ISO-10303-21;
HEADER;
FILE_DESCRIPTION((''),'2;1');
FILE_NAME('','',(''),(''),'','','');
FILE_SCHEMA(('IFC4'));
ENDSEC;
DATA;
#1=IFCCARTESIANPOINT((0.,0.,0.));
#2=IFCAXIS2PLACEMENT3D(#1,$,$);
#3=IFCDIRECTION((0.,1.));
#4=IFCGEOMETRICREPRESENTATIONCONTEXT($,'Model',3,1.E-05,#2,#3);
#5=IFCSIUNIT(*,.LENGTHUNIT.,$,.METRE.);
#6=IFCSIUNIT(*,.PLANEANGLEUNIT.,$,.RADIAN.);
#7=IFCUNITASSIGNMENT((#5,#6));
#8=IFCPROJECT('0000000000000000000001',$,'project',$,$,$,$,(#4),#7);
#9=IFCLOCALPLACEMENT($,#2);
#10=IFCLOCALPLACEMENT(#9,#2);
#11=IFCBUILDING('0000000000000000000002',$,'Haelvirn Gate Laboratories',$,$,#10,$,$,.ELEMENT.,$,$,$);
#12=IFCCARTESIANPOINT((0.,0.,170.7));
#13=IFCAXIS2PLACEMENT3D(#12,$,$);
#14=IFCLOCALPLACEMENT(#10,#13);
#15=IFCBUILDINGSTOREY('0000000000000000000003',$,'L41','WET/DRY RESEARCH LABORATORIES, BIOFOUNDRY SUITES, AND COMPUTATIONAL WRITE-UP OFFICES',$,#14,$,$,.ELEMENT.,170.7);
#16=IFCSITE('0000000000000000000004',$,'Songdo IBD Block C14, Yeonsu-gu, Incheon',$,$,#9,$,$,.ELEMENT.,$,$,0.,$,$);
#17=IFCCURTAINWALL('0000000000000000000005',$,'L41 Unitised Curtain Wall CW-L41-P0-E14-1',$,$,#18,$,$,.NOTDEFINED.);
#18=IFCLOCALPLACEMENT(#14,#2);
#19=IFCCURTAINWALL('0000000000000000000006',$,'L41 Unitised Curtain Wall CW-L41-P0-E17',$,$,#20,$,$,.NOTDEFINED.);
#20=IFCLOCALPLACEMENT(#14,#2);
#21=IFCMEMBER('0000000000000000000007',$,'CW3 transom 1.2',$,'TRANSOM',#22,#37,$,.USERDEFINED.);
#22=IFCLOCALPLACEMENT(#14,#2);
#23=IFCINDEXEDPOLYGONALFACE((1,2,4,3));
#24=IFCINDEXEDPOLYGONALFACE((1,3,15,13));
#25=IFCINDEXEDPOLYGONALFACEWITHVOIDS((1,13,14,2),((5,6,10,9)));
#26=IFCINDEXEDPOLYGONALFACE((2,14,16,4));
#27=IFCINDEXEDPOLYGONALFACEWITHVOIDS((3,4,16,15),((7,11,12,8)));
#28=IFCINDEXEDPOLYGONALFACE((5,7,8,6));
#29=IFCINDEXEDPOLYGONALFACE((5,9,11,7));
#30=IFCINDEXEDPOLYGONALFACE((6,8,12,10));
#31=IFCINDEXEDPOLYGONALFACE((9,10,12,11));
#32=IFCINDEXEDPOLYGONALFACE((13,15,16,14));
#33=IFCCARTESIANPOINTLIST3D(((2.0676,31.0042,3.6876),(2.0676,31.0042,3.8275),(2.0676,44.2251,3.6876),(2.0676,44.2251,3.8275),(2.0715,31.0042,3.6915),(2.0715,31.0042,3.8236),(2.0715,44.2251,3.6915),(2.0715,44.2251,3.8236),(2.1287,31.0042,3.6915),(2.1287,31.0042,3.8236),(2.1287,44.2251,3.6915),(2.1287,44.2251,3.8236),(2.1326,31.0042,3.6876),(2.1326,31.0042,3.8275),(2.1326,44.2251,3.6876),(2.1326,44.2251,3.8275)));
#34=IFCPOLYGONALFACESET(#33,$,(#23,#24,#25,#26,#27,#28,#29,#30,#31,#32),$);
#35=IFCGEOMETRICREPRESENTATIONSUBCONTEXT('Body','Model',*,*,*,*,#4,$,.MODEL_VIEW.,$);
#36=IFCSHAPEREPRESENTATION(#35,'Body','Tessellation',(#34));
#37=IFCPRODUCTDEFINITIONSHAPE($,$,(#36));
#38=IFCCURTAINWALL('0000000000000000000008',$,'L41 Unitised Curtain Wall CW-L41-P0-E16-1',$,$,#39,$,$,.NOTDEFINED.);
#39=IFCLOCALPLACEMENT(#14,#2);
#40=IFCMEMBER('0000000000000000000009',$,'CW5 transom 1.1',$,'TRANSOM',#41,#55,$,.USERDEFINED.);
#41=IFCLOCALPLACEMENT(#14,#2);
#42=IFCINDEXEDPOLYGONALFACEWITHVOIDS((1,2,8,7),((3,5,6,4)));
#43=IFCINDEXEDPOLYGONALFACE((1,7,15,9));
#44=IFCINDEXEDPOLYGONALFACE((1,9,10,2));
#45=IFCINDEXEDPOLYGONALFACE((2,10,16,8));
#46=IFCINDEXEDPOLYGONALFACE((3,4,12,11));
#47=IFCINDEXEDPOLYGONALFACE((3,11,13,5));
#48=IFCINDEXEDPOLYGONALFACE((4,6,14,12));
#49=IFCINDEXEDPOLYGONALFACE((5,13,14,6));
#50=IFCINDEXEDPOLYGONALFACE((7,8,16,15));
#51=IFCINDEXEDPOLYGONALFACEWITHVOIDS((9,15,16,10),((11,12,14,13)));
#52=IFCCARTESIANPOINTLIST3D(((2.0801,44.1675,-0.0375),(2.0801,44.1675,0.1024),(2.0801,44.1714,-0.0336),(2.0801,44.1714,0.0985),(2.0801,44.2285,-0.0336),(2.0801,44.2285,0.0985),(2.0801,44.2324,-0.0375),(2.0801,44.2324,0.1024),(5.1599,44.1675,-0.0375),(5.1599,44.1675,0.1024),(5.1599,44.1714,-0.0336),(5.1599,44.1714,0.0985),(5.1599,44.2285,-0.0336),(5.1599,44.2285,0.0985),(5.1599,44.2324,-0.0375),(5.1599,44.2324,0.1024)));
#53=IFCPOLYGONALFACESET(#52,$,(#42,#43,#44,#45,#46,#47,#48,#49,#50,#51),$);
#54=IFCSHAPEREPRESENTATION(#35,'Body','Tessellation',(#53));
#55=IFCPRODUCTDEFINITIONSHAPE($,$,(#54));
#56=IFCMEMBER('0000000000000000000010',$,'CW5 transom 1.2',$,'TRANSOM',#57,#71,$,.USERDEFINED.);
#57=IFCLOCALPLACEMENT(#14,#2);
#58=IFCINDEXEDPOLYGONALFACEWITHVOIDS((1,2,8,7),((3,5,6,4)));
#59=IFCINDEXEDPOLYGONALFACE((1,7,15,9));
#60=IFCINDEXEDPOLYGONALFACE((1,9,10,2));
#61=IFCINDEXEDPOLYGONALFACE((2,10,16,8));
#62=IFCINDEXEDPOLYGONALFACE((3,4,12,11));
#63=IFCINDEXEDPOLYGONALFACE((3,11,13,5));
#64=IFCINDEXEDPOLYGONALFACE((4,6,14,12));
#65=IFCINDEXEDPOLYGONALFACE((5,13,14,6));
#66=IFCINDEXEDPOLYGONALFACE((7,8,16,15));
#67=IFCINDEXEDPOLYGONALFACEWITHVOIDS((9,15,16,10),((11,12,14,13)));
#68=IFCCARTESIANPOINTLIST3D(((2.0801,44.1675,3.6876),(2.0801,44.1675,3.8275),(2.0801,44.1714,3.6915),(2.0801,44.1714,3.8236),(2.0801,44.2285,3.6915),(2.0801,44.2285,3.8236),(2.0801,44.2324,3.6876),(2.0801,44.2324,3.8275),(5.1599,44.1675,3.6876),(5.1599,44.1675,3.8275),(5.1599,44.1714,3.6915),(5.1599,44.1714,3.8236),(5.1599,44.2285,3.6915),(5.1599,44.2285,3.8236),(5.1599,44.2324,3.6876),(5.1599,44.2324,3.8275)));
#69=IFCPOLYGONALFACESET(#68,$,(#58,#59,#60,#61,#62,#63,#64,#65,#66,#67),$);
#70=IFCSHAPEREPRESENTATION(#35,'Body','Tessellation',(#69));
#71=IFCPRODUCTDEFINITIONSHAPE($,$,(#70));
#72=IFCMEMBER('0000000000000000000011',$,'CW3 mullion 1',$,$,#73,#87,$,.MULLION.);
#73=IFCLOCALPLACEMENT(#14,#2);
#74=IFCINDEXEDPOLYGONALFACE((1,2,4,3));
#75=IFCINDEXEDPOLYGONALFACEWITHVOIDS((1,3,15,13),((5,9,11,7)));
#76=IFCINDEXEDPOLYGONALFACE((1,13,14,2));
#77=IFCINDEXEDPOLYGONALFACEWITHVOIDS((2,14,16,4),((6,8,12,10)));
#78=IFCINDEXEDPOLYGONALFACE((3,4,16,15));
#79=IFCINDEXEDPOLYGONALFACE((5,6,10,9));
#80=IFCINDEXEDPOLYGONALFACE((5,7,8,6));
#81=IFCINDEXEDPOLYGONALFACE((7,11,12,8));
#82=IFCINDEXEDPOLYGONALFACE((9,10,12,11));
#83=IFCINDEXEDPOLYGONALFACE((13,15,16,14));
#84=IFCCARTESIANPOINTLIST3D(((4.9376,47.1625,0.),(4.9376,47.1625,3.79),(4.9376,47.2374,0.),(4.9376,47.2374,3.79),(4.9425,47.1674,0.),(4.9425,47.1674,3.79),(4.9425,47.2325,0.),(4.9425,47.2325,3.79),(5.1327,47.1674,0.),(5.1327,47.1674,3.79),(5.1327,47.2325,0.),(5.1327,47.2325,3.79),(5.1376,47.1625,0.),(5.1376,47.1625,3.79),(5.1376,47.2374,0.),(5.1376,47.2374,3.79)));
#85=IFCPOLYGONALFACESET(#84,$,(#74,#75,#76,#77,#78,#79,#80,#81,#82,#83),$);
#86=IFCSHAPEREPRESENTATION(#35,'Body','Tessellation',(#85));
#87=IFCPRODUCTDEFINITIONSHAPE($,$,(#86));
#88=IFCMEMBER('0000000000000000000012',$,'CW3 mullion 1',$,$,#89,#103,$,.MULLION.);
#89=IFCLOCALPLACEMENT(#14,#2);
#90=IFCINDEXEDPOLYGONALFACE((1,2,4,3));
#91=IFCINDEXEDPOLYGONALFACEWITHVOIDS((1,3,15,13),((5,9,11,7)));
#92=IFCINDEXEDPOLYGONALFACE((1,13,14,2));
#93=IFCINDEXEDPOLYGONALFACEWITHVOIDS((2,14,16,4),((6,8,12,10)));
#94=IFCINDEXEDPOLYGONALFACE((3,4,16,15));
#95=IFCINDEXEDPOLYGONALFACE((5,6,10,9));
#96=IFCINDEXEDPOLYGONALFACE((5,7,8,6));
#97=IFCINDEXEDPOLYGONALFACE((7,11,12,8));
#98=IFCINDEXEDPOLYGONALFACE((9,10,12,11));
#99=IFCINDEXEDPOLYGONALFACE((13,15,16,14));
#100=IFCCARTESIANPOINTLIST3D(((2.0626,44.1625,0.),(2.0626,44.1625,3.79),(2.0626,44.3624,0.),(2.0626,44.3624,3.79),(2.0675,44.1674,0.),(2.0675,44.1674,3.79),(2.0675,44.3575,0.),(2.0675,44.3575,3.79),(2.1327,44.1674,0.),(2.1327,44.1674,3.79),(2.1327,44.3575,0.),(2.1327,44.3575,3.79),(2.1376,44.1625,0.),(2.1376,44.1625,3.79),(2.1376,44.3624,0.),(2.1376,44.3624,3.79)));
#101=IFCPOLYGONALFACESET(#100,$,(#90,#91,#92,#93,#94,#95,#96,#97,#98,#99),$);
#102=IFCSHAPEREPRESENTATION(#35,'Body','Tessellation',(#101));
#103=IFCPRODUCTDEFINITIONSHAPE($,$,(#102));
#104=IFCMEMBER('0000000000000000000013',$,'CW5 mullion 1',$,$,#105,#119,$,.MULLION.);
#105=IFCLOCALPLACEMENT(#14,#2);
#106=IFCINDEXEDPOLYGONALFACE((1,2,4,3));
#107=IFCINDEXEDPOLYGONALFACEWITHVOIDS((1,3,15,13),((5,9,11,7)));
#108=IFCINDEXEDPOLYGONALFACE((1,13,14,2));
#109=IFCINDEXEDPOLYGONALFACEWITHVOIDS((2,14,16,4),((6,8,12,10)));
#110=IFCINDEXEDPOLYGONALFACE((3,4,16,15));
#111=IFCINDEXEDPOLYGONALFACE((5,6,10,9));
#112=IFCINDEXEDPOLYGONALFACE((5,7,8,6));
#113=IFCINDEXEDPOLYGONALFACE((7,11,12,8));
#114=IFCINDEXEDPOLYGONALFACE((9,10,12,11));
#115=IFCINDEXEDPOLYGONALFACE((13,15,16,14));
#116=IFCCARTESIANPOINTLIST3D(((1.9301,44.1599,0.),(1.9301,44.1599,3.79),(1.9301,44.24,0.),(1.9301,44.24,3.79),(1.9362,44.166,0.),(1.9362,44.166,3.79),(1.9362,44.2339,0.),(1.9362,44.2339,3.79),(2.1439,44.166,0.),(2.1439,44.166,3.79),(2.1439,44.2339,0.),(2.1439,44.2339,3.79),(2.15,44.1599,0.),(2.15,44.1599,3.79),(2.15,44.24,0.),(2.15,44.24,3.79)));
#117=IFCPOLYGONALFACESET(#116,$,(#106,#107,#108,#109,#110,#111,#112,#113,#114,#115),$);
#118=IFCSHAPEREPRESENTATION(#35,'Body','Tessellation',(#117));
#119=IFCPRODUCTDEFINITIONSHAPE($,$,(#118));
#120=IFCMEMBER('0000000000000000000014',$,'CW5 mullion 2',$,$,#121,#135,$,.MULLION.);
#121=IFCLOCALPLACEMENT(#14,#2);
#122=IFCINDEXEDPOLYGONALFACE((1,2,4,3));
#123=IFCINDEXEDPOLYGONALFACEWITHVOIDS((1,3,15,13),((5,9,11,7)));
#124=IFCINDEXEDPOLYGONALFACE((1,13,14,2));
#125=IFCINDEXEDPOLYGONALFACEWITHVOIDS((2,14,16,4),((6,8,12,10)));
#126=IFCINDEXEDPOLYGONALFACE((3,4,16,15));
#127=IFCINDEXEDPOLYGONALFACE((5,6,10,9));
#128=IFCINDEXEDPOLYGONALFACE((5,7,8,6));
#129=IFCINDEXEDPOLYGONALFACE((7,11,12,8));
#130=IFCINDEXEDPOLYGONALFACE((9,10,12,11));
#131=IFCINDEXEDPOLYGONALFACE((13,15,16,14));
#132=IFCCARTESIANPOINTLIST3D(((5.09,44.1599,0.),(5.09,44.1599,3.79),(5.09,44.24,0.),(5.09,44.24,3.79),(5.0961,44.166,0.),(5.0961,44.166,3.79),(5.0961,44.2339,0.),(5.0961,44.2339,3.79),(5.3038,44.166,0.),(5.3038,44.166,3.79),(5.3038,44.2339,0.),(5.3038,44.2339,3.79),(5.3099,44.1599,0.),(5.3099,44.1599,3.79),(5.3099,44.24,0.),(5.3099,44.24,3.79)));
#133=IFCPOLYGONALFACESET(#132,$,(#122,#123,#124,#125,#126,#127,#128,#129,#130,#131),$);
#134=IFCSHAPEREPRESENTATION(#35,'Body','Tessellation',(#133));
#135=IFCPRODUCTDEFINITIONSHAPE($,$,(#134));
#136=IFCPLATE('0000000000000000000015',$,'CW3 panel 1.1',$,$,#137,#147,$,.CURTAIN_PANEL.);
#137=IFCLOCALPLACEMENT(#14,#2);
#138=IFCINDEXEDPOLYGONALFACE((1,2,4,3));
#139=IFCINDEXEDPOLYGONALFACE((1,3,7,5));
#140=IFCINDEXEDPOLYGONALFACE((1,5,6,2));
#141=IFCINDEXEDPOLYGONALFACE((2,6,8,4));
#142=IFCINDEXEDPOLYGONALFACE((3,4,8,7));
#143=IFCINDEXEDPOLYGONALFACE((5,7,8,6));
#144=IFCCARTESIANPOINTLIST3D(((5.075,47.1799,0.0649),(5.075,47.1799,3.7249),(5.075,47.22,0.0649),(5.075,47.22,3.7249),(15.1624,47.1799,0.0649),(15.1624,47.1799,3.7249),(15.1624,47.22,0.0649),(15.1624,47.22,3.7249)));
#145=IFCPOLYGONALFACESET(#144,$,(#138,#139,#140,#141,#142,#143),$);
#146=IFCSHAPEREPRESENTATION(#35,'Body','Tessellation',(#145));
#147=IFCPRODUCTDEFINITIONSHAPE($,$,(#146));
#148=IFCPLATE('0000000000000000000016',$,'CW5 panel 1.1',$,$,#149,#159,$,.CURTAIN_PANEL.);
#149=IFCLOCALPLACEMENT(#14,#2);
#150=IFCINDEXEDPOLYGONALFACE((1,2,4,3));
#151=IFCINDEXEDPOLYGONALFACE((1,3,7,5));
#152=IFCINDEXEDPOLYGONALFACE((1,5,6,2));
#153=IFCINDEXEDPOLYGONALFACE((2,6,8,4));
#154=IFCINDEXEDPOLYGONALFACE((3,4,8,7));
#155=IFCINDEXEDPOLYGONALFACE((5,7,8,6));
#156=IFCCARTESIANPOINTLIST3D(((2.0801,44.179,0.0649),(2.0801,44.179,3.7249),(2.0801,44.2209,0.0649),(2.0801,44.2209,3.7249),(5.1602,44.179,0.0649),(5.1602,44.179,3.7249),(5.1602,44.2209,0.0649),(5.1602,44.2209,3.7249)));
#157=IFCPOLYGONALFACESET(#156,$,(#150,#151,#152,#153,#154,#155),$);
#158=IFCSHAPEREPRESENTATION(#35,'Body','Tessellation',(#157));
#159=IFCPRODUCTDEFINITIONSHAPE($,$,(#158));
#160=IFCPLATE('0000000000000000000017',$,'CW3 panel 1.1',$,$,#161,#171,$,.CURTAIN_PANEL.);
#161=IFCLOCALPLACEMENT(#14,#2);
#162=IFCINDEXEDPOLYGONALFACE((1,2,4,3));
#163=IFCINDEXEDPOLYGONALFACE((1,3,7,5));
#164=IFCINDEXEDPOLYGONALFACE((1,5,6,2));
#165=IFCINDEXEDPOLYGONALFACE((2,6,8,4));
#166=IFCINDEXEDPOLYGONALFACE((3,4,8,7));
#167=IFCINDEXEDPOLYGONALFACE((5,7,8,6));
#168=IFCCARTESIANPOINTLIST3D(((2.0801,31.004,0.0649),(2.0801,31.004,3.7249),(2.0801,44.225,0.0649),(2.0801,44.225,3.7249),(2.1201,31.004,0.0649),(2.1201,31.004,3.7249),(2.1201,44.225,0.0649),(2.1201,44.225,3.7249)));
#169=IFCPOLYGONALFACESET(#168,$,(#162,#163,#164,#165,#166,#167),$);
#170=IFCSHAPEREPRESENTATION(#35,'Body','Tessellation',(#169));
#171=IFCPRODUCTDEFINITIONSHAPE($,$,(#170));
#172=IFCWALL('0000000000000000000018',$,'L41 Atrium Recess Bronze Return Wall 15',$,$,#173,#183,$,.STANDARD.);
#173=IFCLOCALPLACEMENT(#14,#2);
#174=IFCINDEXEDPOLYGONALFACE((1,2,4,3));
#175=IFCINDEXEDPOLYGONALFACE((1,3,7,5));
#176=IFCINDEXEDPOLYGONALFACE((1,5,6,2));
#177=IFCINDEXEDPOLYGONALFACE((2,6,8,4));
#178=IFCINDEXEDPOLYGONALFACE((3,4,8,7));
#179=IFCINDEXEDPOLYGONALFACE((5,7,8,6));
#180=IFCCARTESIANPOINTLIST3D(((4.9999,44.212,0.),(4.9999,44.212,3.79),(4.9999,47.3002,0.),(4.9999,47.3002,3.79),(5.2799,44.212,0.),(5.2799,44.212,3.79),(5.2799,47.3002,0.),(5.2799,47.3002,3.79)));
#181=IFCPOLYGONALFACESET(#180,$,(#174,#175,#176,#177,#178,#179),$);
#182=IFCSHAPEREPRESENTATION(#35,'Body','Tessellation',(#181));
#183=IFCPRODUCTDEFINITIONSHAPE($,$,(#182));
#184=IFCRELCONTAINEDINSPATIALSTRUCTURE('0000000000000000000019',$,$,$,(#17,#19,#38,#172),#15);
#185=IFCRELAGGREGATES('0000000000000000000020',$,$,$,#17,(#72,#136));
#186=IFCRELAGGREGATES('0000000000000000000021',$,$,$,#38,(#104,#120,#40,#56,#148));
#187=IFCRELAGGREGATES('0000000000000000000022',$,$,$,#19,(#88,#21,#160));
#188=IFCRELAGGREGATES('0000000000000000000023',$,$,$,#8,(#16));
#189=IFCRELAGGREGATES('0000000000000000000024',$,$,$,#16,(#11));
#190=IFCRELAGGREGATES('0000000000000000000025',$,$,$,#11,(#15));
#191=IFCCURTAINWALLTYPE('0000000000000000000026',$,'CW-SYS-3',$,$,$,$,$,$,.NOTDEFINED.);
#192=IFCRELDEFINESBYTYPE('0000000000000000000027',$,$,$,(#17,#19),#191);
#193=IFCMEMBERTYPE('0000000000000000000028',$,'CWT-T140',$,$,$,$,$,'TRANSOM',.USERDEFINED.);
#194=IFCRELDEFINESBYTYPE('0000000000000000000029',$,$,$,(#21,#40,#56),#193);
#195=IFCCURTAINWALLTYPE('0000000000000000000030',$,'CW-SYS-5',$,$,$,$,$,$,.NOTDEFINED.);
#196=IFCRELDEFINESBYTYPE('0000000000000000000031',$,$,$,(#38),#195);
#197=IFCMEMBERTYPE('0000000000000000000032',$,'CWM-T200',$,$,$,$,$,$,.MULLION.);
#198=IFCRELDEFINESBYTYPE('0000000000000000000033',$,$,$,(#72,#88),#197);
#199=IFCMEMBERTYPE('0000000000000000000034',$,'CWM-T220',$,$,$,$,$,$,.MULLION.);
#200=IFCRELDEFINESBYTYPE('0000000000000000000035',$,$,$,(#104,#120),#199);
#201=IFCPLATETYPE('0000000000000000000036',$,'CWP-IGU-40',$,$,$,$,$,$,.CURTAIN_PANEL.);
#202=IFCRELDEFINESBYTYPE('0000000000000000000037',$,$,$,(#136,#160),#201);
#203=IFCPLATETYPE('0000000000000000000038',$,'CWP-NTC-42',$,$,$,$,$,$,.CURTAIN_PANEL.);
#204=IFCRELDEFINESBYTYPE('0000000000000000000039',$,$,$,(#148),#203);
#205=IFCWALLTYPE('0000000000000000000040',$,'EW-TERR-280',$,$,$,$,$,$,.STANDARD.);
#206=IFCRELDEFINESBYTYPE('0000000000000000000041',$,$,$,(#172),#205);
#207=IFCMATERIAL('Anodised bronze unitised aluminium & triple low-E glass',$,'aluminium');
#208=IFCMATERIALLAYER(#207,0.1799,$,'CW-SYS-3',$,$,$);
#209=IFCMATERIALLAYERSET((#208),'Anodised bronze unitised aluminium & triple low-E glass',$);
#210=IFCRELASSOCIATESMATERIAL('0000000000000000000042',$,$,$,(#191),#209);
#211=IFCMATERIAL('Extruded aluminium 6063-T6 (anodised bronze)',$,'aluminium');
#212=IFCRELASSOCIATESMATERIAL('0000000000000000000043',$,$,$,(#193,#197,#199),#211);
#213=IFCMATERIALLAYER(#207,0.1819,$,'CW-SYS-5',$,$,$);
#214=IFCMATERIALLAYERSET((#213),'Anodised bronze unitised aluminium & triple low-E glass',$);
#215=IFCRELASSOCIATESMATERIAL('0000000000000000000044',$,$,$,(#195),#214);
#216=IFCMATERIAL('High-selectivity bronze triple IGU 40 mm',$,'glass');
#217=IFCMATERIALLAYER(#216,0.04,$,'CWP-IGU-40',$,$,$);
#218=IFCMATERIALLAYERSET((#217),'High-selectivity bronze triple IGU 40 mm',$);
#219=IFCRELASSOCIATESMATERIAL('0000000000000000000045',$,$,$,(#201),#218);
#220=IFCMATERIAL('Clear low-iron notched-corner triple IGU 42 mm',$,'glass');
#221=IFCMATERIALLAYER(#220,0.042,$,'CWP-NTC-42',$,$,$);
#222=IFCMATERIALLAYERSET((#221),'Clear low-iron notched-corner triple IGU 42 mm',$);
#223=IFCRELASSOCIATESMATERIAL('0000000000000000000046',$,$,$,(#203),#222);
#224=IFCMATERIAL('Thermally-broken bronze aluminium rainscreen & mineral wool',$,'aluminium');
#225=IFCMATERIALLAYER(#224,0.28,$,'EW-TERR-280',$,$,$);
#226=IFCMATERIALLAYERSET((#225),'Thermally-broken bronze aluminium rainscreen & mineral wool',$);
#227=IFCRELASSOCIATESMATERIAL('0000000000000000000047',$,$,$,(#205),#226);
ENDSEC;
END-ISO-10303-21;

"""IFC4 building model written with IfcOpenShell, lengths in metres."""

from ifc_helpers import new_model, si_unit, direction, frame, frame_2d, origin, origin_2d, place, context, subcontext, project, spatial, rectangle, hollow_rectangle, extrude, source, transform, mapped, material, layer, layer_set, material_profile, profile_set, type_object, type_shapes, element, aggregate, save


model = new_model("IFC4")

# Units and contexts
model_context = context("Model", 3, precision=1e-05, world=origin(), true_north=direction((0.0, 1.0)))
body_context = subcontext(model_context, "Body", "Model", "MODEL_VIEW")
ifc_project = project(units=[si_unit("LENGTHUNIT", "METRE"), si_unit("PLANEANGLEUNIT", "RADIAN")], contexts=[model_context])

# Site, building, storey
site_placement = place(None, origin())
site = spatial("IfcSite", under=ifc_project, at=site_placement, Name="Songdo IBD Block C14, Yeonsu-gu, Incheon", CompositionType="ELEMENT", RefElevation=0.0)
building_placement = place(site_placement, origin())
building = spatial("IfcBuilding", under=site, at=building_placement, Name="Haelvirn Gate Laboratories", CompositionType="ELEMENT")
storey_placement = place(building_placement, frame((0.0, 0.0, 170.7)))
storey = spatial("IfcBuildingStorey", under=building, at=storey_placement, Name="L41", Description="WET/DRY RESEARCH LABORATORIES, BIOFOUNDRY SUITES, AND COMPUTATIONAL WRITE-UP OFFICES", CompositionType="ELEMENT", Elevation=170.7)

# Curtain walls, members
ifc_material_1 = material(Name="Anodised bronze unitised aluminium & triple low-E glass", Category="aluminium")
ifc_layer_1 = layer(ifc_material_1, 0.1799, Name="CW-SYS-3")
ifc_layer_set_1 = layer_set([ifc_layer_1], Name="Anodised bronze unitised aluminium & triple low-E glass")
curtain_wall_type_1 = type_object("IfcCurtainWallType", Name="CW-SYS-3", PredefinedType="NOTDEFINED", material=ifc_layer_set_1)
curtain_wall_1_placement = place(storey_placement, origin())
curtain_wall_1 = element("IfcCurtainWall", 1, at=curtain_wall_1_placement, inside=storey, type_object=curtain_wall_type_1, Name="L41 Unitised Curtain Wall CW-L41-P0-E14-1", PredefinedType="NOTDEFINED")
ifc_material_2 = material(Name="Extruded aluminium 6063-T6 (anodised bronze)", Category="aluminium")
ifc_material_profile_1 = material_profile(ifc_material_2, hollow_rectangle(XDim=0.0649, YDim=0.1399, WallThickness=0.0039, at=origin_2d()), Name="CWT-140x65x4")
ifc_profile_set_1 = profile_set([ifc_material_profile_1], Name="Extruded aluminium 6063-T6 (anodised bronze)")
member_type_1 = type_object("IfcMemberType", Name="CWT-T140", ElementType="TRANSOM", PredefinedType="USERDEFINED", material=ifc_profile_set_1)
curtain_wall_2_placement = place(storey_placement, origin())
curtain_wall_2 = element("IfcCurtainWall", 2, at=curtain_wall_2_placement, inside=storey, type_object=curtain_wall_type_1, Name="L41 Unitised Curtain Wall CW-L41-P0-E17", PredefinedType="NOTDEFINED")
shared_shape_1 = source(origin(), body_context, "Body", "SweptSolid", [
    extrude(hollow_rectangle(XDim=0.0649, YDim=0.1399, WallThickness=0.0039, at=origin_2d()), origin(), (0.0, 0.0, 1.0), 13.2209),
])
member_1_placement = place(storey_placement, frame((2.1001, 44.2251, 3.7576), z_axis=(0.0, -1.0, 0.0), x_axis=(1.0, 0.0, 0.0)))
member_1 = element("IfcMember", 3, at=member_1_placement, type_object=member_type_1, Name="CW3 transom 1.2", ObjectType="TRANSOM", PredefinedType="USERDEFINED", context=body_context, shape_type="MappedRepresentation", body=[
    mapped(shared_shape_1, transform((0.0, 0.0, 0.0), scale=1.0)),
])
ifc_layer_2 = layer(ifc_material_1, 0.1819, Name="CW-SYS-5")
ifc_layer_set_2 = layer_set([ifc_layer_2], Name="Anodised bronze unitised aluminium & triple low-E glass")
curtain_wall_type_2 = type_object("IfcCurtainWallType", Name="CW-SYS-5", PredefinedType="NOTDEFINED", material=ifc_layer_set_2)
curtain_wall_3_placement = place(storey_placement, origin())
curtain_wall_3 = element("IfcCurtainWall", 4, at=curtain_wall_3_placement, inside=storey, type_object=curtain_wall_type_2, Name="L41 Unitised Curtain Wall CW-L41-P0-E16-1", PredefinedType="NOTDEFINED")
shared_shape_2 = source(origin(), body_context, "Body", "SweptSolid", [
    extrude(hollow_rectangle(XDim=0.0649, YDim=0.1399, WallThickness=0.0039, at=origin_2d()), origin(), (0.0, 0.0, 1.0), 3.0798),
])
member_2_placement = place(storey_placement, frame((2.0801, 44.2, 0.0325), z_axis=(1.0, 0.0, 0.0), x_axis=(0.0, 1.0, 0.0)))
member_2 = element("IfcMember", 5, at=member_2_placement, type_object=member_type_1, Name="CW5 transom 1.1", ObjectType="TRANSOM", PredefinedType="USERDEFINED", context=body_context, shape_type="MappedRepresentation", body=[
    mapped(shared_shape_2, transform((0.0, 0.0, 0.0), scale=1.0)),
])
member_3_placement = place(storey_placement, frame((2.0801, 44.2, 3.7576), z_axis=(1.0, 0.0, 0.0), x_axis=(0.0, 1.0, 0.0)))
member_3 = element("IfcMember", 6, at=member_3_placement, type_object=member_type_1, Name="CW5 transom 1.2", ObjectType="TRANSOM", PredefinedType="USERDEFINED", context=body_context, shape_type="MappedRepresentation", body=[
    mapped(shared_shape_2, transform((0.0, 0.0, 0.0), scale=1.0)),
])

# Members
ifc_material_profile_2 = material_profile(ifc_material_2, hollow_rectangle(XDim=0.075, YDim=0.2, WallThickness=0.0049, at=origin_2d()), Name="CWM-200x75x5")
ifc_profile_set_2 = profile_set([ifc_material_profile_2], Name="Extruded aluminium 6063-T6 (anodised bronze)")
member_type_2 = type_object("IfcMemberType", Name="CWM-T200", PredefinedType="MULLION", material=ifc_profile_set_2)
shared_shape_3 = source(origin(), body_context, "Body", "SweptSolid", [
    extrude(hollow_rectangle(XDim=0.075, YDim=0.2, WallThickness=0.0049, at=origin_2d()), origin(), (0.0, 0.0, 1.0), 3.79),
])
type_shapes(member_type_2, [shared_shape_3])
member_4_placement = place(storey_placement, frame((5.0376, 47.2, 0.0), z_axis=(0.0, 0.0, 1.0), x_axis=(0.0, 1.0, 0.0)))
member_4 = element("IfcMember", 7, at=member_4_placement, type_object=member_type_2, Name="CW3 mullion 1", PredefinedType="MULLION", context=body_context, shape_type="MappedRepresentation", body=[
    mapped(shared_shape_3, transform((0.0, 0.0, 0.0), scale=1.0)),
])
member_5_placement = place(storey_placement, frame((2.1001, 44.2625, 0.0), z_axis=(0.0, 0.0, 1.0), x_axis=(1.0, 0.0, 0.0)))
member_5 = element("IfcMember", 8, at=member_5_placement, type_object=member_type_2, Name="CW3 mullion 1", PredefinedType="MULLION", context=body_context, shape_type="MappedRepresentation", body=[
    mapped(shared_shape_3, transform((0.0, 0.0, 0.0), scale=1.0)),
])
ifc_material_profile_3 = material_profile(ifc_material_2, hollow_rectangle(XDim=0.0801, YDim=0.22, WallThickness=0.0061, at=origin_2d()), Name="CWM-220x80x6")
ifc_profile_set_3 = profile_set([ifc_material_profile_3], Name="Extruded aluminium 6063-T6 (anodised bronze)")
member_type_3 = type_object("IfcMemberType", Name="CWM-T220", PredefinedType="MULLION", material=ifc_profile_set_3)
shared_shape_4 = source(origin(), body_context, "Body", "SweptSolid", [
    extrude(hollow_rectangle(XDim=0.0801, YDim=0.22, WallThickness=0.0061, at=origin_2d()), origin(), (0.0, 0.0, 1.0), 3.79),
])
type_shapes(member_type_3, [shared_shape_4])
member_6_placement = place(storey_placement, frame((2.04, 44.2, 0.0), z_axis=(0.0, 0.0, 1.0), x_axis=(0.0, 1.0, 0.0)))
member_6 = element("IfcMember", 9, at=member_6_placement, type_object=member_type_3, Name="CW5 mullion 1", PredefinedType="MULLION", context=body_context, shape_type="MappedRepresentation", body=[
    mapped(shared_shape_4, transform((0.0, 0.0, 0.0), scale=1.0)),
])
member_7_placement = place(storey_placement, frame((5.2, 44.2, 0.0), z_axis=(0.0, 0.0, 1.0), x_axis=(0.0, 1.0, 0.0)))
member_7 = element("IfcMember", 10, at=member_7_placement, type_object=member_type_3, Name="CW5 mullion 2", PredefinedType="MULLION", context=body_context, shape_type="MappedRepresentation", body=[
    mapped(shared_shape_4, transform((0.0, 0.0, 0.0), scale=1.0)),
])

# Plates
ifc_material_3 = material(Name="High-selectivity bronze triple IGU 40 mm", Category="glass")
ifc_layer_3 = layer(ifc_material_3, 0.04, Name="CWP-IGU-40")
ifc_layer_set_3 = layer_set([ifc_layer_3], Name="High-selectivity bronze triple IGU 40 mm")
plate_type_1 = type_object("IfcPlateType", Name="CWP-IGU-40", PredefinedType="CURTAIN_PANEL", material=ifc_layer_set_3)
shared_shape_5 = source(origin(), body_context, "Body", "SweptSolid", [
    extrude(rectangle(XDim=10.0874, YDim=0.04, at=origin_2d()), origin(), (0.0, 0.0, 1.0), 3.6599),
])
plate_1_placement = place(storey_placement, frame((10.1187, 47.2, 0.0649), z_axis=(0.0, 0.0, 1.0), x_axis=(1.0, 0.0, 0.0)))
plate_1 = element("IfcPlate", 11, at=plate_1_placement, type_object=plate_type_1, Name="CW3 panel 1.1", PredefinedType="CURTAIN_PANEL", context=body_context, shape_type="MappedRepresentation", body=[
    mapped(shared_shape_5, transform((0.0, 0.0, 0.0), scale=1.0)),
])
aggregate(curtain_wall_1, [member_4, plate_1])
ifc_material_4 = material(Name="Clear low-iron notched-corner triple IGU 42 mm", Category="glass")
ifc_layer_4 = layer(ifc_material_4, 0.042, Name="CWP-NTC-42")
ifc_layer_set_4 = layer_set([ifc_layer_4], Name="Clear low-iron notched-corner triple IGU 42 mm")
plate_type_2 = type_object("IfcPlateType", Name="CWP-NTC-42", PredefinedType="CURTAIN_PANEL", material=ifc_layer_set_4)
shared_shape_6 = source(origin(), body_context, "Body", "SweptSolid", [
    extrude(rectangle(XDim=3.0801, YDim=0.042, at=origin_2d()), origin(), (0.0, 0.0, 1.0), 3.6599),
])
type_shapes(plate_type_2, [shared_shape_6])
plate_2_placement = place(storey_placement, frame((3.6201, 44.2, 0.0649), z_axis=(0.0, 0.0, 1.0), x_axis=(1.0, 0.0, 0.0)))
plate_2 = element("IfcPlate", 12, at=plate_2_placement, type_object=plate_type_2, Name="CW5 panel 1.1", PredefinedType="CURTAIN_PANEL", context=body_context, shape_type="MappedRepresentation", body=[
    mapped(shared_shape_6, transform((0.0, 0.0, 0.0), scale=1.0)),
])
aggregate(curtain_wall_3, [member_6, member_7, member_2, member_3, plate_2])
shared_shape_7 = source(origin(), body_context, "Body", "SweptSolid", [
    extrude(rectangle(XDim=13.2209, YDim=0.04, at=origin_2d()), origin(), (0.0, 0.0, 1.0), 3.6599),
])
type_shapes(plate_type_1, [shared_shape_5, shared_shape_7])
plate_3_placement = place(storey_placement, frame((2.1001, 37.6145, 0.0649), z_axis=(0.0, 0.0, 1.0), x_axis=(0.0, -1.0, 0.0)))
plate_3 = element("IfcPlate", 13, at=plate_3_placement, type_object=plate_type_1, Name="CW3 panel 1.1", PredefinedType="CURTAIN_PANEL", context=body_context, shape_type="MappedRepresentation", body=[
    mapped(shared_shape_7, transform((0.0, 0.0, 0.0), scale=1.0)),
])
aggregate(curtain_wall_2, [member_5, member_1, plate_3])

# Wall
ifc_material_5 = material(Name="Thermally-broken bronze aluminium rainscreen & mineral wool", Category="aluminium")
ifc_layer_5 = layer(ifc_material_5, 0.28, Name="EW-TERR-280")
ifc_layer_set_5 = layer_set([ifc_layer_5], Name="Thermally-broken bronze aluminium rainscreen & mineral wool")
wall_type_1 = type_object("IfcWallType", Name="EW-TERR-280", PredefinedType="STANDARD", material=ifc_layer_set_5)
wall_1_placement = place(storey_placement, frame((5.1399, 47.3, 0.0), z_axis=(0.0, 0.0, 1.0), x_axis=(0.0, -1.0, 0.0)))
element("IfcWall", 14, at=wall_1_placement, inside=storey, type_object=wall_type_1, Name="L41 Atrium Recess Bronze Return Wall 15", PredefinedType="STANDARD", context=body_context, shape_type="SweptSolid", body=[
    extrude(rectangle(XDim=3.0881, YDim=0.28, at=frame_2d((1.5439, 0.0))), origin(), (0.0, 0.0, 1.0), 3.79),
])

save(model, "model.ifc")
